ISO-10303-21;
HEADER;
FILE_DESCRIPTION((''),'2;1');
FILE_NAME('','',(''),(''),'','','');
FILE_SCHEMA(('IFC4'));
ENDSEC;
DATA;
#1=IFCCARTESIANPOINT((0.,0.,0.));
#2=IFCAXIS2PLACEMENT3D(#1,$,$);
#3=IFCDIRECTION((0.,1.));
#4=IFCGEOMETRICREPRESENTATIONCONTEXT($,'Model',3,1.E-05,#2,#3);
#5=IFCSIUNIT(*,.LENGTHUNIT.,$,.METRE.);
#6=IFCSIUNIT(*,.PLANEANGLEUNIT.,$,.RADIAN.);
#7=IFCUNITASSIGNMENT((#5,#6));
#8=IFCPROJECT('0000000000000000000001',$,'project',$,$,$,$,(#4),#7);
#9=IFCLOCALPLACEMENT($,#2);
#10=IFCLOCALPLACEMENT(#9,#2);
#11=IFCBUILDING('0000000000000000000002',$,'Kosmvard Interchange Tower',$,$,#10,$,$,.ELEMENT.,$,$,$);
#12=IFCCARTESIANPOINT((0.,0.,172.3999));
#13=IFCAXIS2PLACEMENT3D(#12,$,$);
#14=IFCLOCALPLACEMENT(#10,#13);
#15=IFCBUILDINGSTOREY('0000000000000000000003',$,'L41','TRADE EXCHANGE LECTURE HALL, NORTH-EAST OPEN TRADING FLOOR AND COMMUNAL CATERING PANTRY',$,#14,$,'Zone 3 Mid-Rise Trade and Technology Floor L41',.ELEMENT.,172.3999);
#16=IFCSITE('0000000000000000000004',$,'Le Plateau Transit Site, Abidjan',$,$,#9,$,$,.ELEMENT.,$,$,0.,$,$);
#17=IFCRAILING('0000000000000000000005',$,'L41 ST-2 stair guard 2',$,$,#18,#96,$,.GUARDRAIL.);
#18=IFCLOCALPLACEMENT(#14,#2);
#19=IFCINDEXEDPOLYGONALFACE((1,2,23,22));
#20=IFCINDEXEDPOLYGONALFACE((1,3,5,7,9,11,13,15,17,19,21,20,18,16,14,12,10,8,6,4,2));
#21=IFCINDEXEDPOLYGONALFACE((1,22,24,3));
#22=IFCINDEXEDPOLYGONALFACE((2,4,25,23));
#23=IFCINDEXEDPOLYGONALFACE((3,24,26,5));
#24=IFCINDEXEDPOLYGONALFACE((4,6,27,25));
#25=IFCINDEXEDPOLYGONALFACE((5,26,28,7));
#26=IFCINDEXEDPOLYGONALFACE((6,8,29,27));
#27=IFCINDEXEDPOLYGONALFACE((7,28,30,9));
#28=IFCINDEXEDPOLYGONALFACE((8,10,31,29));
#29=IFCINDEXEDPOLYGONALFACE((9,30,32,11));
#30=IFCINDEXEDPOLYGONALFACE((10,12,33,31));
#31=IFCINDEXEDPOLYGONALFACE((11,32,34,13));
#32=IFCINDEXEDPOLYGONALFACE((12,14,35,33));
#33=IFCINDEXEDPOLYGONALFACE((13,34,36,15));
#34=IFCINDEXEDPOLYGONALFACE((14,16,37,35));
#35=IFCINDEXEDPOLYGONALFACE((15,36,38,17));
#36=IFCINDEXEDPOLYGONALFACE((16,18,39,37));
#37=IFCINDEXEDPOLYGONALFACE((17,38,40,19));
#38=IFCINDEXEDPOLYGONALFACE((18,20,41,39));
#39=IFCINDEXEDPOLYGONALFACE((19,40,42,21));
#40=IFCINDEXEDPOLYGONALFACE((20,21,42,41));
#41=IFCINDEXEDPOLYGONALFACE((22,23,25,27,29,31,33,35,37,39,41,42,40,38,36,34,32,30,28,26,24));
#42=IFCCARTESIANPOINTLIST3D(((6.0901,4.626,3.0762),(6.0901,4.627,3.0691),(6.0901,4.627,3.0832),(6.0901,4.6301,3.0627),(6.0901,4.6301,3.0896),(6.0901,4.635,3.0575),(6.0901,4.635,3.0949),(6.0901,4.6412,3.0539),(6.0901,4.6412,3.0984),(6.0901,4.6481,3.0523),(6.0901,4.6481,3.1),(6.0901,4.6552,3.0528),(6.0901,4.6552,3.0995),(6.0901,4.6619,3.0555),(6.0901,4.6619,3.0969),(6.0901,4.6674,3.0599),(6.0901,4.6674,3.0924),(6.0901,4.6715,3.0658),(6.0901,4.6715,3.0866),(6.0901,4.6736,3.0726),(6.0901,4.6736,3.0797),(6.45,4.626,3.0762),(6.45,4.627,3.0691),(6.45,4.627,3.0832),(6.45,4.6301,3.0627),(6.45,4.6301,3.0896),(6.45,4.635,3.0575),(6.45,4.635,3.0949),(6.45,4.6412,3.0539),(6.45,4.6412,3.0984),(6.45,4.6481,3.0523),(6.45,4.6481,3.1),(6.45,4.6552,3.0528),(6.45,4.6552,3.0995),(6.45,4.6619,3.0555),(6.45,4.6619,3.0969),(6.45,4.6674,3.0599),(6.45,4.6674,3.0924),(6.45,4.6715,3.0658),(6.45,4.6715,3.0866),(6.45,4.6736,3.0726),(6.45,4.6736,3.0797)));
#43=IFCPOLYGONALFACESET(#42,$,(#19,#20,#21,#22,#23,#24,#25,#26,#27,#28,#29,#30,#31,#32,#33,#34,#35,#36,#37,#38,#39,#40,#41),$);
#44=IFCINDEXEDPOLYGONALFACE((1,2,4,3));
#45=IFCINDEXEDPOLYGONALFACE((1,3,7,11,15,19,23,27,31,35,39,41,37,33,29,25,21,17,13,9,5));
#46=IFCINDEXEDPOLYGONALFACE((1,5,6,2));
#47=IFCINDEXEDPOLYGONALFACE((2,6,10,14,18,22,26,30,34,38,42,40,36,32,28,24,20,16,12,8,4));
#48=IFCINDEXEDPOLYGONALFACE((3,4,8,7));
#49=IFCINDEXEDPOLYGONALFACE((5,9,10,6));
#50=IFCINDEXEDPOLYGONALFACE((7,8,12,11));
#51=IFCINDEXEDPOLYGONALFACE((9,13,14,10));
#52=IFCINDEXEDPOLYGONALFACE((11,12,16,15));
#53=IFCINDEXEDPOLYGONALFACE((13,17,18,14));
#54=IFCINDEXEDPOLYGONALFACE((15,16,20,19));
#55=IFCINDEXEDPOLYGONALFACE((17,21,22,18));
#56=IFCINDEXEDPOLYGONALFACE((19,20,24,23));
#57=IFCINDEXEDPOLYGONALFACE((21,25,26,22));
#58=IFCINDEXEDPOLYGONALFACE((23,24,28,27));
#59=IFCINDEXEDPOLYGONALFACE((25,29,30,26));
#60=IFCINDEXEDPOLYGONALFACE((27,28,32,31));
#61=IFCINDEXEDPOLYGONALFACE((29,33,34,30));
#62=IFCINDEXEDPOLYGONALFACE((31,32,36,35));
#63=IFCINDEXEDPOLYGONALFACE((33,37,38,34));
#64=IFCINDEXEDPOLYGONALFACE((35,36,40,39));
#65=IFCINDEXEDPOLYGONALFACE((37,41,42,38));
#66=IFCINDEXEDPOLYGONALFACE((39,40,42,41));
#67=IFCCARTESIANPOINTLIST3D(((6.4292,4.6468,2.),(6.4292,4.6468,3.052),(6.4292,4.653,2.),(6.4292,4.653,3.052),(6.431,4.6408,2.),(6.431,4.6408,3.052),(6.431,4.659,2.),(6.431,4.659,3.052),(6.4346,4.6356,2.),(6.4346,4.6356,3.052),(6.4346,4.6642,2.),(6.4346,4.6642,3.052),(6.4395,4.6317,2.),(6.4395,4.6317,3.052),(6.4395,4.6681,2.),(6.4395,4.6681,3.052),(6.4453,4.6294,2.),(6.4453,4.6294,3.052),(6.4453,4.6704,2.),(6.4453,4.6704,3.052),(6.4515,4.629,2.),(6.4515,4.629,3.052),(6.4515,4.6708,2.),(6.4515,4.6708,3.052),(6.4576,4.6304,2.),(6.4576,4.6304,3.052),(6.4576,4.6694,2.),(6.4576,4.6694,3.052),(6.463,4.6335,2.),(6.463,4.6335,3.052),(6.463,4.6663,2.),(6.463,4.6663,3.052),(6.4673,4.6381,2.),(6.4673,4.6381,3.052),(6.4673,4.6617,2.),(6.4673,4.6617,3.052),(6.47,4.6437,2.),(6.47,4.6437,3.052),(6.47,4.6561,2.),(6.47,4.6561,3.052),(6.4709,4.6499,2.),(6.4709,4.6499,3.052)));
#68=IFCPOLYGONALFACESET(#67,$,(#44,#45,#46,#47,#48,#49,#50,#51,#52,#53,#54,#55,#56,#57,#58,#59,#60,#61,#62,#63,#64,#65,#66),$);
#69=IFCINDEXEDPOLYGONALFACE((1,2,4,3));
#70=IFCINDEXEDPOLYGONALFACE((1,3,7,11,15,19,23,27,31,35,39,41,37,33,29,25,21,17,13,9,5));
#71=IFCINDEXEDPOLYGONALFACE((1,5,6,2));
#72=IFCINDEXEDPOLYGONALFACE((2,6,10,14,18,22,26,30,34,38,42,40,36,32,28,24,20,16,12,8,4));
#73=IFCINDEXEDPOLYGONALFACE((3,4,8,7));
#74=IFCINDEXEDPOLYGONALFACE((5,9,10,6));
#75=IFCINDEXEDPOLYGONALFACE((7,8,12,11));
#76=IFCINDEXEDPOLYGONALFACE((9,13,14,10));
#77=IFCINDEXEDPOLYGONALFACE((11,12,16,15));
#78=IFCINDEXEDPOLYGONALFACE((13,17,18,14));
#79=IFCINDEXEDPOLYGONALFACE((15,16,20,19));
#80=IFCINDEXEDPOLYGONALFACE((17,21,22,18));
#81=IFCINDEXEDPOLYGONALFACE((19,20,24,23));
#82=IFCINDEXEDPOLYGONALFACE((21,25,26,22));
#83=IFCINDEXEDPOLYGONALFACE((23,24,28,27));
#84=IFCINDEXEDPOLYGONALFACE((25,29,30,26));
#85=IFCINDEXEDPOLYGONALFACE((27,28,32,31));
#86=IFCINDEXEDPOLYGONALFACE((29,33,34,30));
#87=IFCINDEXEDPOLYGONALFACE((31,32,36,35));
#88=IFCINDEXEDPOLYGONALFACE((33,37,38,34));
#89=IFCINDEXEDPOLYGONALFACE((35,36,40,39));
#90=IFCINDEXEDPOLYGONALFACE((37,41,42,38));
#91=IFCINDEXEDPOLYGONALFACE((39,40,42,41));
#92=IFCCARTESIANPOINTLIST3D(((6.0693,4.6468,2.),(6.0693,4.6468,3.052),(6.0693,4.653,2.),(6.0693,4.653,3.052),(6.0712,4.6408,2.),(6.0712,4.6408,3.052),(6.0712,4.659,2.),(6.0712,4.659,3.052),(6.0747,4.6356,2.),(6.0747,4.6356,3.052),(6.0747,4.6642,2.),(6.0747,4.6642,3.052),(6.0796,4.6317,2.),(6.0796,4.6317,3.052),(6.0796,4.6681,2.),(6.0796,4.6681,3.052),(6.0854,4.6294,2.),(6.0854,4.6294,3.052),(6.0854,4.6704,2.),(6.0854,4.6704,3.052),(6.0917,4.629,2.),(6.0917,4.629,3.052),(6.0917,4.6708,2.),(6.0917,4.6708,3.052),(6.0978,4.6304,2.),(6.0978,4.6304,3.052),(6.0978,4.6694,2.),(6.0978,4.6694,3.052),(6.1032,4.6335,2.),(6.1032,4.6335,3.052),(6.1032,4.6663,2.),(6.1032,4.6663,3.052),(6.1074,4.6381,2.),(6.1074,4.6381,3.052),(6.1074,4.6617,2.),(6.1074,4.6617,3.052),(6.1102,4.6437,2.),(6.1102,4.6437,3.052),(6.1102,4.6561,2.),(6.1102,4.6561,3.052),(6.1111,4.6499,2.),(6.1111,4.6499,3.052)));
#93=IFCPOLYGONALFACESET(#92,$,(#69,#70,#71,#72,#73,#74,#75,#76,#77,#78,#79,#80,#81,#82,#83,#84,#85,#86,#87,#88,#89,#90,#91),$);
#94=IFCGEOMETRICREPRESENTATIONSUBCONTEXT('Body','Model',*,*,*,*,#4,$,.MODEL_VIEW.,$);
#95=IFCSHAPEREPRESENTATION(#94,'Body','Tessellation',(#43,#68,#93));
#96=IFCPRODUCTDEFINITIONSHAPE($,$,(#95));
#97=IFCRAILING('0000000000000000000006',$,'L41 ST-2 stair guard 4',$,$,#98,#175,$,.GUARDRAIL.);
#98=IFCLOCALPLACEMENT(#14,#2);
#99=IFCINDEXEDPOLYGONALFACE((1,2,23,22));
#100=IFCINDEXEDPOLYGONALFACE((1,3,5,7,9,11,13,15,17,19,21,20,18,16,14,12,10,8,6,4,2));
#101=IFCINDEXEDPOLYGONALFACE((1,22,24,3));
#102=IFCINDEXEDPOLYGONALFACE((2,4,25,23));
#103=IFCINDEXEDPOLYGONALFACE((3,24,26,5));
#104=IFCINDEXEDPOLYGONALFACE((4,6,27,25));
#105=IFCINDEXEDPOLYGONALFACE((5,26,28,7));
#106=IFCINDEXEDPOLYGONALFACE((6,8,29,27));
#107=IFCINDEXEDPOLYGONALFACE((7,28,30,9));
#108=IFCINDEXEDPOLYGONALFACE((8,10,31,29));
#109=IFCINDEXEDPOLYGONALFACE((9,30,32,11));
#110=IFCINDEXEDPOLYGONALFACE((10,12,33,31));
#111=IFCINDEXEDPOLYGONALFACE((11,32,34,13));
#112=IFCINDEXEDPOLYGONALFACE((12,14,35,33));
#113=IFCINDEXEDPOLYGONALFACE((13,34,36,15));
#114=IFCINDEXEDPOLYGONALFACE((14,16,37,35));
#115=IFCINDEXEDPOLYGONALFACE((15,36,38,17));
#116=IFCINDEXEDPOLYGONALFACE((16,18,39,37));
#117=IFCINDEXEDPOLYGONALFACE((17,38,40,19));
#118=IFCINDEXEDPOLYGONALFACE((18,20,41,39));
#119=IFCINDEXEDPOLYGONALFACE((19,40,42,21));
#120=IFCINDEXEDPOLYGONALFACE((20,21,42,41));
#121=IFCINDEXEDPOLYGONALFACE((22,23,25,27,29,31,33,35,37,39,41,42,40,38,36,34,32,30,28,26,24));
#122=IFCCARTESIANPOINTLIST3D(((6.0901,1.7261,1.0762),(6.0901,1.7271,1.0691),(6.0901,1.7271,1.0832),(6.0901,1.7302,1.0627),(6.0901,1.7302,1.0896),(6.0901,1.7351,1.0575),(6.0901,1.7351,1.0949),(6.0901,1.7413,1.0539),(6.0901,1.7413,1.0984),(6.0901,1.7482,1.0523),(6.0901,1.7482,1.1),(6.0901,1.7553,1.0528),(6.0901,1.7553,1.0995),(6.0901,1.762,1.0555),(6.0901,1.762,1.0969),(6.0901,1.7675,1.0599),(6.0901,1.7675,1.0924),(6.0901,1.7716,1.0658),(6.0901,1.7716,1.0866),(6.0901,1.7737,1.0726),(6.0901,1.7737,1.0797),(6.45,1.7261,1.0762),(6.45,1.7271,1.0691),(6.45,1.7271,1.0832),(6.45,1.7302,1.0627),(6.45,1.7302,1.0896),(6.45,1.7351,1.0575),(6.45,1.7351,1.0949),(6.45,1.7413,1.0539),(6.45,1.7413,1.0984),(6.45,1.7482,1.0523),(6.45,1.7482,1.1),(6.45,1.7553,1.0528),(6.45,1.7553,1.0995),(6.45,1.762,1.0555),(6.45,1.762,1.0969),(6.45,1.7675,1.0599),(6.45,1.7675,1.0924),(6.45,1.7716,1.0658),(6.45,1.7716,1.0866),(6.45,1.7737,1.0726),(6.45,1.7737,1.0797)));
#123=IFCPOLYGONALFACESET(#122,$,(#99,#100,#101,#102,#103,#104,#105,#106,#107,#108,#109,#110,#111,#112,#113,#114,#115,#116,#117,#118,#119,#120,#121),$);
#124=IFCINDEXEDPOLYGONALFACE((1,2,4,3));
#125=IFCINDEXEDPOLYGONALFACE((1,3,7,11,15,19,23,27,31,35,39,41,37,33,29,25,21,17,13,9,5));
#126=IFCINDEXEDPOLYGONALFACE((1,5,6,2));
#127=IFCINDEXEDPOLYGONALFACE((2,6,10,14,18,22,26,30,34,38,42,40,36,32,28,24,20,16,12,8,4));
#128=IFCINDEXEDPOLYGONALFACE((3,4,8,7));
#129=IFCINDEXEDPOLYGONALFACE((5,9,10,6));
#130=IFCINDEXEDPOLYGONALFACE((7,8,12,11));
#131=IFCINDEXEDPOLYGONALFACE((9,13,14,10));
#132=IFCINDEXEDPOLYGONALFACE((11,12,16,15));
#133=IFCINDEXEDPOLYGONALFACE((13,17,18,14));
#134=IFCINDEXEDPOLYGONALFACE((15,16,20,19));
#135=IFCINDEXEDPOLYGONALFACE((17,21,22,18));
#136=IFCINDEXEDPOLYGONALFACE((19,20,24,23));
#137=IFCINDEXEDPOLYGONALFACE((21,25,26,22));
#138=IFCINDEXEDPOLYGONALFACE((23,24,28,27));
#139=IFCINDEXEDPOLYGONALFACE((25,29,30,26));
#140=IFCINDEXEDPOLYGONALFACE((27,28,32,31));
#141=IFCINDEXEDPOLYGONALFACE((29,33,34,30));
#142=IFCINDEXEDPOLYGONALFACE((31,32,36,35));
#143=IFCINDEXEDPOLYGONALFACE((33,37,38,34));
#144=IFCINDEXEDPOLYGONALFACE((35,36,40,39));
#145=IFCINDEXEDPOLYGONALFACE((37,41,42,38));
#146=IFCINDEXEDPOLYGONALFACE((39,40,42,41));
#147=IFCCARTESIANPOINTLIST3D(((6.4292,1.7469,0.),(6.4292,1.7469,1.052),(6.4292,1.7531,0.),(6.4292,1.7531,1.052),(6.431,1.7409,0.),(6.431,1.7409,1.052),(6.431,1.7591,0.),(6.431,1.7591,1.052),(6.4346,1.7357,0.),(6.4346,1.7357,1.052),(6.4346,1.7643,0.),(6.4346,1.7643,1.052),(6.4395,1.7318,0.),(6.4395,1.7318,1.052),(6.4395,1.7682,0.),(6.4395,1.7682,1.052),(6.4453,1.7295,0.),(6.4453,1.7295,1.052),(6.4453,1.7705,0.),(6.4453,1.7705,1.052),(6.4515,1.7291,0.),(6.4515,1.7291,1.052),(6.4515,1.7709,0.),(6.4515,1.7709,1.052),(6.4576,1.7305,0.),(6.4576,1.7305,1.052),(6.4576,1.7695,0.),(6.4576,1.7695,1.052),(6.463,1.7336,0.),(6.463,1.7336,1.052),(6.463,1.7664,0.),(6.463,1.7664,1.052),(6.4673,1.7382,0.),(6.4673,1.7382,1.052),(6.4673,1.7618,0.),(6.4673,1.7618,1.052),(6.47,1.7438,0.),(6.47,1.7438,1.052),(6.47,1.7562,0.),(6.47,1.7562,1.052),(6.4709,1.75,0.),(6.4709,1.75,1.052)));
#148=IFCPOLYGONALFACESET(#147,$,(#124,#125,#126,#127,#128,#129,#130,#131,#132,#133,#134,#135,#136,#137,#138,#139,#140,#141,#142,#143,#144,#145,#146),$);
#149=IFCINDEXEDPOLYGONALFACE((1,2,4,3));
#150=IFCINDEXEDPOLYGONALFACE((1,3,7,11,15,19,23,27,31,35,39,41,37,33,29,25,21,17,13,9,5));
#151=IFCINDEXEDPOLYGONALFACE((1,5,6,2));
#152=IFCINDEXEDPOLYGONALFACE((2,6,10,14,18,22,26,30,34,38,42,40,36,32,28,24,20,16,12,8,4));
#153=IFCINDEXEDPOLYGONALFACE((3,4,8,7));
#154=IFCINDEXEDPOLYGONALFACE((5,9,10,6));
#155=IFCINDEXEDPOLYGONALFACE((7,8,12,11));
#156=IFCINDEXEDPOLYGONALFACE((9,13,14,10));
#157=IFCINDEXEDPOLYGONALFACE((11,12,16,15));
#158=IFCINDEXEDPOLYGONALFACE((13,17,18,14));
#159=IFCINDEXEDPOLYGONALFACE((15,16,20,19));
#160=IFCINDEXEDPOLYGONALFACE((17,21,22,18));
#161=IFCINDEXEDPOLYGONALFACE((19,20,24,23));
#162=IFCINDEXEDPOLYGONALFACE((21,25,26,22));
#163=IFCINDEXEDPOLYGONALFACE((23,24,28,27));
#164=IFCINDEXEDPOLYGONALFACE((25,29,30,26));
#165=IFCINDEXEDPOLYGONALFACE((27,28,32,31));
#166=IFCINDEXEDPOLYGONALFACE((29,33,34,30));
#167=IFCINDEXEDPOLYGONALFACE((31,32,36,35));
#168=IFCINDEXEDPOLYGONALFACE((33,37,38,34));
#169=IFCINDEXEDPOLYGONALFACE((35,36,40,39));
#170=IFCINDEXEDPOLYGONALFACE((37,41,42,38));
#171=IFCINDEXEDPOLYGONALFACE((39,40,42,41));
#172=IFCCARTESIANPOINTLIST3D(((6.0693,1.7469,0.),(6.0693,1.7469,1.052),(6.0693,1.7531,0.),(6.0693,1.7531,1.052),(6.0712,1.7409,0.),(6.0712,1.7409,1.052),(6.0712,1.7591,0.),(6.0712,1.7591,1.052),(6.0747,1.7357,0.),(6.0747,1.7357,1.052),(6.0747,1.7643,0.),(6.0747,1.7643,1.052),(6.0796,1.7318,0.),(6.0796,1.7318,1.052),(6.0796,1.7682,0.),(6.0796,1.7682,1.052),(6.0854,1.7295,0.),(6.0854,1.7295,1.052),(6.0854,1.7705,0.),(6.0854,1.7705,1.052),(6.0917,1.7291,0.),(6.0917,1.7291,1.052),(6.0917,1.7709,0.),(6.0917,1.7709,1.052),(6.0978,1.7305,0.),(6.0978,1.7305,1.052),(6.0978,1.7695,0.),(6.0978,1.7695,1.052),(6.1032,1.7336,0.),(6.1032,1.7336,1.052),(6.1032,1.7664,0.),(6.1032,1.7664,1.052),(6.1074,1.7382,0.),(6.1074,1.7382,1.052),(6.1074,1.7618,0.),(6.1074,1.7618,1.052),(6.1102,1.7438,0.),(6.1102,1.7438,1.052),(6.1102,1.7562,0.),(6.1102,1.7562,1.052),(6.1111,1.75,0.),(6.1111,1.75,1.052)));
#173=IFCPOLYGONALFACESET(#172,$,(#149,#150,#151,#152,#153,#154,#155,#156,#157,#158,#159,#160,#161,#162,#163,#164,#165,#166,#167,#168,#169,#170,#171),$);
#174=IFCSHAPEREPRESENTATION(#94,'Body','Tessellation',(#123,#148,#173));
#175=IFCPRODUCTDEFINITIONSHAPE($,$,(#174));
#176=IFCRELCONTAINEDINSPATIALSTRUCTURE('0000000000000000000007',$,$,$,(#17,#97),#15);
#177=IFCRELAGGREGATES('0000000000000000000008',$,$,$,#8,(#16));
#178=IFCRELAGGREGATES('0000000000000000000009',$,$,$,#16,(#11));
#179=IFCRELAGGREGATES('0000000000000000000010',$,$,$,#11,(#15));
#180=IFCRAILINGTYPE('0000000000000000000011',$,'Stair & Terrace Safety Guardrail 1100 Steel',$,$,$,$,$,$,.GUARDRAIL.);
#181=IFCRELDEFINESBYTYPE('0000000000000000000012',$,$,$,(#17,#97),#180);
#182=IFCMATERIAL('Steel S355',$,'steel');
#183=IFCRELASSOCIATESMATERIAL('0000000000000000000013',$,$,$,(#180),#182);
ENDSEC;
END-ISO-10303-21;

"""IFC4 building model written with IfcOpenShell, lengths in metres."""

from ifc_helpers import new_model, si_unit, direction, frame, origin, origin_2d, place, context, subcontext, project, spatial, circle, extrude, source, transform, mapped, material, type_object, element, save


model = new_model("IFC4")

# Units and contexts
model_context = context("Model", 3, precision=1e-05, world=origin(), true_north=direction((0.0, 1.0)))
body_context = subcontext(model_context, "Body", "Model", "MODEL_VIEW")
ifc_project = project(units=[si_unit("LENGTHUNIT", "METRE"), si_unit("PLANEANGLEUNIT", "RADIAN")], contexts=[model_context])

# Site, building, storey
site_placement = place(None, origin())
site = spatial("IfcSite", under=ifc_project, at=site_placement, Name="Le Plateau Transit Site, Abidjan", CompositionType="ELEMENT", RefElevation=0.0)
building_placement = place(site_placement, origin())
building = spatial("IfcBuilding", under=site, at=building_placement, Name="Kosmvard Interchange Tower", CompositionType="ELEMENT")
storey_placement = place(building_placement, frame((0.0, 0.0, 172.3999)))
storey = spatial("IfcBuildingStorey", under=building, at=storey_placement, Name="L41", Description="TRADE EXCHANGE LECTURE HALL, NORTH-EAST OPEN TRADING FLOOR AND COMMUNAL CATERING PANTRY", LongName="Zone 3 Mid-Rise Trade and Technology Floor L41", CompositionType="ELEMENT", Elevation=172.3999)

# Railings
ifc_material_1 = material(Name="Steel S355", Category="steel")
railing_type_1 = type_object("IfcRailingType", Name="Stair & Terrace Safety Guardrail 1100 Steel", PredefinedType="GUARDRAIL", material=ifc_material_1)
shared_shape_1 = source(origin(), body_context, "Body", "SweptSolid", [
    extrude(circle(Radius=0.0239, at=origin_2d()), frame((0.0, 0.0, 1.0762), z_axis=(-1.0, 0.0, 0.0), x_axis=(0.0, -1.0, 0.0)), (0.0, 0.0, 1.0), 0.3599),
    extrude(circle(Radius=0.021, at=origin_2d()), origin(), (0.0, 0.0, 1.0), 1.052),
    extrude(circle(Radius=0.021, at=origin_2d()), frame((-0.3599, 0.0, 0.0)), (0.0, 0.0, 1.0), 1.052),
])
for number, where, name in (
    (1, (6.45, 4.6499, 2.0), "L41 ST-2 stair guard 2"),
    (2, (6.45, 1.75, 0.0), "L41 ST-2 stair guard 4"),
):
    element("IfcRailing", number, at=place(storey_placement, frame(where)), inside=storey, type_object=railing_type_1, Name=name, PredefinedType="GUARDRAIL", context=body_context, shape_type="MappedRepresentation", body=[
        mapped(shared_shape_1, transform((0.0, 0.0, 0.0), scale=1.0)),
    ])

save(model, "model.ifc")
